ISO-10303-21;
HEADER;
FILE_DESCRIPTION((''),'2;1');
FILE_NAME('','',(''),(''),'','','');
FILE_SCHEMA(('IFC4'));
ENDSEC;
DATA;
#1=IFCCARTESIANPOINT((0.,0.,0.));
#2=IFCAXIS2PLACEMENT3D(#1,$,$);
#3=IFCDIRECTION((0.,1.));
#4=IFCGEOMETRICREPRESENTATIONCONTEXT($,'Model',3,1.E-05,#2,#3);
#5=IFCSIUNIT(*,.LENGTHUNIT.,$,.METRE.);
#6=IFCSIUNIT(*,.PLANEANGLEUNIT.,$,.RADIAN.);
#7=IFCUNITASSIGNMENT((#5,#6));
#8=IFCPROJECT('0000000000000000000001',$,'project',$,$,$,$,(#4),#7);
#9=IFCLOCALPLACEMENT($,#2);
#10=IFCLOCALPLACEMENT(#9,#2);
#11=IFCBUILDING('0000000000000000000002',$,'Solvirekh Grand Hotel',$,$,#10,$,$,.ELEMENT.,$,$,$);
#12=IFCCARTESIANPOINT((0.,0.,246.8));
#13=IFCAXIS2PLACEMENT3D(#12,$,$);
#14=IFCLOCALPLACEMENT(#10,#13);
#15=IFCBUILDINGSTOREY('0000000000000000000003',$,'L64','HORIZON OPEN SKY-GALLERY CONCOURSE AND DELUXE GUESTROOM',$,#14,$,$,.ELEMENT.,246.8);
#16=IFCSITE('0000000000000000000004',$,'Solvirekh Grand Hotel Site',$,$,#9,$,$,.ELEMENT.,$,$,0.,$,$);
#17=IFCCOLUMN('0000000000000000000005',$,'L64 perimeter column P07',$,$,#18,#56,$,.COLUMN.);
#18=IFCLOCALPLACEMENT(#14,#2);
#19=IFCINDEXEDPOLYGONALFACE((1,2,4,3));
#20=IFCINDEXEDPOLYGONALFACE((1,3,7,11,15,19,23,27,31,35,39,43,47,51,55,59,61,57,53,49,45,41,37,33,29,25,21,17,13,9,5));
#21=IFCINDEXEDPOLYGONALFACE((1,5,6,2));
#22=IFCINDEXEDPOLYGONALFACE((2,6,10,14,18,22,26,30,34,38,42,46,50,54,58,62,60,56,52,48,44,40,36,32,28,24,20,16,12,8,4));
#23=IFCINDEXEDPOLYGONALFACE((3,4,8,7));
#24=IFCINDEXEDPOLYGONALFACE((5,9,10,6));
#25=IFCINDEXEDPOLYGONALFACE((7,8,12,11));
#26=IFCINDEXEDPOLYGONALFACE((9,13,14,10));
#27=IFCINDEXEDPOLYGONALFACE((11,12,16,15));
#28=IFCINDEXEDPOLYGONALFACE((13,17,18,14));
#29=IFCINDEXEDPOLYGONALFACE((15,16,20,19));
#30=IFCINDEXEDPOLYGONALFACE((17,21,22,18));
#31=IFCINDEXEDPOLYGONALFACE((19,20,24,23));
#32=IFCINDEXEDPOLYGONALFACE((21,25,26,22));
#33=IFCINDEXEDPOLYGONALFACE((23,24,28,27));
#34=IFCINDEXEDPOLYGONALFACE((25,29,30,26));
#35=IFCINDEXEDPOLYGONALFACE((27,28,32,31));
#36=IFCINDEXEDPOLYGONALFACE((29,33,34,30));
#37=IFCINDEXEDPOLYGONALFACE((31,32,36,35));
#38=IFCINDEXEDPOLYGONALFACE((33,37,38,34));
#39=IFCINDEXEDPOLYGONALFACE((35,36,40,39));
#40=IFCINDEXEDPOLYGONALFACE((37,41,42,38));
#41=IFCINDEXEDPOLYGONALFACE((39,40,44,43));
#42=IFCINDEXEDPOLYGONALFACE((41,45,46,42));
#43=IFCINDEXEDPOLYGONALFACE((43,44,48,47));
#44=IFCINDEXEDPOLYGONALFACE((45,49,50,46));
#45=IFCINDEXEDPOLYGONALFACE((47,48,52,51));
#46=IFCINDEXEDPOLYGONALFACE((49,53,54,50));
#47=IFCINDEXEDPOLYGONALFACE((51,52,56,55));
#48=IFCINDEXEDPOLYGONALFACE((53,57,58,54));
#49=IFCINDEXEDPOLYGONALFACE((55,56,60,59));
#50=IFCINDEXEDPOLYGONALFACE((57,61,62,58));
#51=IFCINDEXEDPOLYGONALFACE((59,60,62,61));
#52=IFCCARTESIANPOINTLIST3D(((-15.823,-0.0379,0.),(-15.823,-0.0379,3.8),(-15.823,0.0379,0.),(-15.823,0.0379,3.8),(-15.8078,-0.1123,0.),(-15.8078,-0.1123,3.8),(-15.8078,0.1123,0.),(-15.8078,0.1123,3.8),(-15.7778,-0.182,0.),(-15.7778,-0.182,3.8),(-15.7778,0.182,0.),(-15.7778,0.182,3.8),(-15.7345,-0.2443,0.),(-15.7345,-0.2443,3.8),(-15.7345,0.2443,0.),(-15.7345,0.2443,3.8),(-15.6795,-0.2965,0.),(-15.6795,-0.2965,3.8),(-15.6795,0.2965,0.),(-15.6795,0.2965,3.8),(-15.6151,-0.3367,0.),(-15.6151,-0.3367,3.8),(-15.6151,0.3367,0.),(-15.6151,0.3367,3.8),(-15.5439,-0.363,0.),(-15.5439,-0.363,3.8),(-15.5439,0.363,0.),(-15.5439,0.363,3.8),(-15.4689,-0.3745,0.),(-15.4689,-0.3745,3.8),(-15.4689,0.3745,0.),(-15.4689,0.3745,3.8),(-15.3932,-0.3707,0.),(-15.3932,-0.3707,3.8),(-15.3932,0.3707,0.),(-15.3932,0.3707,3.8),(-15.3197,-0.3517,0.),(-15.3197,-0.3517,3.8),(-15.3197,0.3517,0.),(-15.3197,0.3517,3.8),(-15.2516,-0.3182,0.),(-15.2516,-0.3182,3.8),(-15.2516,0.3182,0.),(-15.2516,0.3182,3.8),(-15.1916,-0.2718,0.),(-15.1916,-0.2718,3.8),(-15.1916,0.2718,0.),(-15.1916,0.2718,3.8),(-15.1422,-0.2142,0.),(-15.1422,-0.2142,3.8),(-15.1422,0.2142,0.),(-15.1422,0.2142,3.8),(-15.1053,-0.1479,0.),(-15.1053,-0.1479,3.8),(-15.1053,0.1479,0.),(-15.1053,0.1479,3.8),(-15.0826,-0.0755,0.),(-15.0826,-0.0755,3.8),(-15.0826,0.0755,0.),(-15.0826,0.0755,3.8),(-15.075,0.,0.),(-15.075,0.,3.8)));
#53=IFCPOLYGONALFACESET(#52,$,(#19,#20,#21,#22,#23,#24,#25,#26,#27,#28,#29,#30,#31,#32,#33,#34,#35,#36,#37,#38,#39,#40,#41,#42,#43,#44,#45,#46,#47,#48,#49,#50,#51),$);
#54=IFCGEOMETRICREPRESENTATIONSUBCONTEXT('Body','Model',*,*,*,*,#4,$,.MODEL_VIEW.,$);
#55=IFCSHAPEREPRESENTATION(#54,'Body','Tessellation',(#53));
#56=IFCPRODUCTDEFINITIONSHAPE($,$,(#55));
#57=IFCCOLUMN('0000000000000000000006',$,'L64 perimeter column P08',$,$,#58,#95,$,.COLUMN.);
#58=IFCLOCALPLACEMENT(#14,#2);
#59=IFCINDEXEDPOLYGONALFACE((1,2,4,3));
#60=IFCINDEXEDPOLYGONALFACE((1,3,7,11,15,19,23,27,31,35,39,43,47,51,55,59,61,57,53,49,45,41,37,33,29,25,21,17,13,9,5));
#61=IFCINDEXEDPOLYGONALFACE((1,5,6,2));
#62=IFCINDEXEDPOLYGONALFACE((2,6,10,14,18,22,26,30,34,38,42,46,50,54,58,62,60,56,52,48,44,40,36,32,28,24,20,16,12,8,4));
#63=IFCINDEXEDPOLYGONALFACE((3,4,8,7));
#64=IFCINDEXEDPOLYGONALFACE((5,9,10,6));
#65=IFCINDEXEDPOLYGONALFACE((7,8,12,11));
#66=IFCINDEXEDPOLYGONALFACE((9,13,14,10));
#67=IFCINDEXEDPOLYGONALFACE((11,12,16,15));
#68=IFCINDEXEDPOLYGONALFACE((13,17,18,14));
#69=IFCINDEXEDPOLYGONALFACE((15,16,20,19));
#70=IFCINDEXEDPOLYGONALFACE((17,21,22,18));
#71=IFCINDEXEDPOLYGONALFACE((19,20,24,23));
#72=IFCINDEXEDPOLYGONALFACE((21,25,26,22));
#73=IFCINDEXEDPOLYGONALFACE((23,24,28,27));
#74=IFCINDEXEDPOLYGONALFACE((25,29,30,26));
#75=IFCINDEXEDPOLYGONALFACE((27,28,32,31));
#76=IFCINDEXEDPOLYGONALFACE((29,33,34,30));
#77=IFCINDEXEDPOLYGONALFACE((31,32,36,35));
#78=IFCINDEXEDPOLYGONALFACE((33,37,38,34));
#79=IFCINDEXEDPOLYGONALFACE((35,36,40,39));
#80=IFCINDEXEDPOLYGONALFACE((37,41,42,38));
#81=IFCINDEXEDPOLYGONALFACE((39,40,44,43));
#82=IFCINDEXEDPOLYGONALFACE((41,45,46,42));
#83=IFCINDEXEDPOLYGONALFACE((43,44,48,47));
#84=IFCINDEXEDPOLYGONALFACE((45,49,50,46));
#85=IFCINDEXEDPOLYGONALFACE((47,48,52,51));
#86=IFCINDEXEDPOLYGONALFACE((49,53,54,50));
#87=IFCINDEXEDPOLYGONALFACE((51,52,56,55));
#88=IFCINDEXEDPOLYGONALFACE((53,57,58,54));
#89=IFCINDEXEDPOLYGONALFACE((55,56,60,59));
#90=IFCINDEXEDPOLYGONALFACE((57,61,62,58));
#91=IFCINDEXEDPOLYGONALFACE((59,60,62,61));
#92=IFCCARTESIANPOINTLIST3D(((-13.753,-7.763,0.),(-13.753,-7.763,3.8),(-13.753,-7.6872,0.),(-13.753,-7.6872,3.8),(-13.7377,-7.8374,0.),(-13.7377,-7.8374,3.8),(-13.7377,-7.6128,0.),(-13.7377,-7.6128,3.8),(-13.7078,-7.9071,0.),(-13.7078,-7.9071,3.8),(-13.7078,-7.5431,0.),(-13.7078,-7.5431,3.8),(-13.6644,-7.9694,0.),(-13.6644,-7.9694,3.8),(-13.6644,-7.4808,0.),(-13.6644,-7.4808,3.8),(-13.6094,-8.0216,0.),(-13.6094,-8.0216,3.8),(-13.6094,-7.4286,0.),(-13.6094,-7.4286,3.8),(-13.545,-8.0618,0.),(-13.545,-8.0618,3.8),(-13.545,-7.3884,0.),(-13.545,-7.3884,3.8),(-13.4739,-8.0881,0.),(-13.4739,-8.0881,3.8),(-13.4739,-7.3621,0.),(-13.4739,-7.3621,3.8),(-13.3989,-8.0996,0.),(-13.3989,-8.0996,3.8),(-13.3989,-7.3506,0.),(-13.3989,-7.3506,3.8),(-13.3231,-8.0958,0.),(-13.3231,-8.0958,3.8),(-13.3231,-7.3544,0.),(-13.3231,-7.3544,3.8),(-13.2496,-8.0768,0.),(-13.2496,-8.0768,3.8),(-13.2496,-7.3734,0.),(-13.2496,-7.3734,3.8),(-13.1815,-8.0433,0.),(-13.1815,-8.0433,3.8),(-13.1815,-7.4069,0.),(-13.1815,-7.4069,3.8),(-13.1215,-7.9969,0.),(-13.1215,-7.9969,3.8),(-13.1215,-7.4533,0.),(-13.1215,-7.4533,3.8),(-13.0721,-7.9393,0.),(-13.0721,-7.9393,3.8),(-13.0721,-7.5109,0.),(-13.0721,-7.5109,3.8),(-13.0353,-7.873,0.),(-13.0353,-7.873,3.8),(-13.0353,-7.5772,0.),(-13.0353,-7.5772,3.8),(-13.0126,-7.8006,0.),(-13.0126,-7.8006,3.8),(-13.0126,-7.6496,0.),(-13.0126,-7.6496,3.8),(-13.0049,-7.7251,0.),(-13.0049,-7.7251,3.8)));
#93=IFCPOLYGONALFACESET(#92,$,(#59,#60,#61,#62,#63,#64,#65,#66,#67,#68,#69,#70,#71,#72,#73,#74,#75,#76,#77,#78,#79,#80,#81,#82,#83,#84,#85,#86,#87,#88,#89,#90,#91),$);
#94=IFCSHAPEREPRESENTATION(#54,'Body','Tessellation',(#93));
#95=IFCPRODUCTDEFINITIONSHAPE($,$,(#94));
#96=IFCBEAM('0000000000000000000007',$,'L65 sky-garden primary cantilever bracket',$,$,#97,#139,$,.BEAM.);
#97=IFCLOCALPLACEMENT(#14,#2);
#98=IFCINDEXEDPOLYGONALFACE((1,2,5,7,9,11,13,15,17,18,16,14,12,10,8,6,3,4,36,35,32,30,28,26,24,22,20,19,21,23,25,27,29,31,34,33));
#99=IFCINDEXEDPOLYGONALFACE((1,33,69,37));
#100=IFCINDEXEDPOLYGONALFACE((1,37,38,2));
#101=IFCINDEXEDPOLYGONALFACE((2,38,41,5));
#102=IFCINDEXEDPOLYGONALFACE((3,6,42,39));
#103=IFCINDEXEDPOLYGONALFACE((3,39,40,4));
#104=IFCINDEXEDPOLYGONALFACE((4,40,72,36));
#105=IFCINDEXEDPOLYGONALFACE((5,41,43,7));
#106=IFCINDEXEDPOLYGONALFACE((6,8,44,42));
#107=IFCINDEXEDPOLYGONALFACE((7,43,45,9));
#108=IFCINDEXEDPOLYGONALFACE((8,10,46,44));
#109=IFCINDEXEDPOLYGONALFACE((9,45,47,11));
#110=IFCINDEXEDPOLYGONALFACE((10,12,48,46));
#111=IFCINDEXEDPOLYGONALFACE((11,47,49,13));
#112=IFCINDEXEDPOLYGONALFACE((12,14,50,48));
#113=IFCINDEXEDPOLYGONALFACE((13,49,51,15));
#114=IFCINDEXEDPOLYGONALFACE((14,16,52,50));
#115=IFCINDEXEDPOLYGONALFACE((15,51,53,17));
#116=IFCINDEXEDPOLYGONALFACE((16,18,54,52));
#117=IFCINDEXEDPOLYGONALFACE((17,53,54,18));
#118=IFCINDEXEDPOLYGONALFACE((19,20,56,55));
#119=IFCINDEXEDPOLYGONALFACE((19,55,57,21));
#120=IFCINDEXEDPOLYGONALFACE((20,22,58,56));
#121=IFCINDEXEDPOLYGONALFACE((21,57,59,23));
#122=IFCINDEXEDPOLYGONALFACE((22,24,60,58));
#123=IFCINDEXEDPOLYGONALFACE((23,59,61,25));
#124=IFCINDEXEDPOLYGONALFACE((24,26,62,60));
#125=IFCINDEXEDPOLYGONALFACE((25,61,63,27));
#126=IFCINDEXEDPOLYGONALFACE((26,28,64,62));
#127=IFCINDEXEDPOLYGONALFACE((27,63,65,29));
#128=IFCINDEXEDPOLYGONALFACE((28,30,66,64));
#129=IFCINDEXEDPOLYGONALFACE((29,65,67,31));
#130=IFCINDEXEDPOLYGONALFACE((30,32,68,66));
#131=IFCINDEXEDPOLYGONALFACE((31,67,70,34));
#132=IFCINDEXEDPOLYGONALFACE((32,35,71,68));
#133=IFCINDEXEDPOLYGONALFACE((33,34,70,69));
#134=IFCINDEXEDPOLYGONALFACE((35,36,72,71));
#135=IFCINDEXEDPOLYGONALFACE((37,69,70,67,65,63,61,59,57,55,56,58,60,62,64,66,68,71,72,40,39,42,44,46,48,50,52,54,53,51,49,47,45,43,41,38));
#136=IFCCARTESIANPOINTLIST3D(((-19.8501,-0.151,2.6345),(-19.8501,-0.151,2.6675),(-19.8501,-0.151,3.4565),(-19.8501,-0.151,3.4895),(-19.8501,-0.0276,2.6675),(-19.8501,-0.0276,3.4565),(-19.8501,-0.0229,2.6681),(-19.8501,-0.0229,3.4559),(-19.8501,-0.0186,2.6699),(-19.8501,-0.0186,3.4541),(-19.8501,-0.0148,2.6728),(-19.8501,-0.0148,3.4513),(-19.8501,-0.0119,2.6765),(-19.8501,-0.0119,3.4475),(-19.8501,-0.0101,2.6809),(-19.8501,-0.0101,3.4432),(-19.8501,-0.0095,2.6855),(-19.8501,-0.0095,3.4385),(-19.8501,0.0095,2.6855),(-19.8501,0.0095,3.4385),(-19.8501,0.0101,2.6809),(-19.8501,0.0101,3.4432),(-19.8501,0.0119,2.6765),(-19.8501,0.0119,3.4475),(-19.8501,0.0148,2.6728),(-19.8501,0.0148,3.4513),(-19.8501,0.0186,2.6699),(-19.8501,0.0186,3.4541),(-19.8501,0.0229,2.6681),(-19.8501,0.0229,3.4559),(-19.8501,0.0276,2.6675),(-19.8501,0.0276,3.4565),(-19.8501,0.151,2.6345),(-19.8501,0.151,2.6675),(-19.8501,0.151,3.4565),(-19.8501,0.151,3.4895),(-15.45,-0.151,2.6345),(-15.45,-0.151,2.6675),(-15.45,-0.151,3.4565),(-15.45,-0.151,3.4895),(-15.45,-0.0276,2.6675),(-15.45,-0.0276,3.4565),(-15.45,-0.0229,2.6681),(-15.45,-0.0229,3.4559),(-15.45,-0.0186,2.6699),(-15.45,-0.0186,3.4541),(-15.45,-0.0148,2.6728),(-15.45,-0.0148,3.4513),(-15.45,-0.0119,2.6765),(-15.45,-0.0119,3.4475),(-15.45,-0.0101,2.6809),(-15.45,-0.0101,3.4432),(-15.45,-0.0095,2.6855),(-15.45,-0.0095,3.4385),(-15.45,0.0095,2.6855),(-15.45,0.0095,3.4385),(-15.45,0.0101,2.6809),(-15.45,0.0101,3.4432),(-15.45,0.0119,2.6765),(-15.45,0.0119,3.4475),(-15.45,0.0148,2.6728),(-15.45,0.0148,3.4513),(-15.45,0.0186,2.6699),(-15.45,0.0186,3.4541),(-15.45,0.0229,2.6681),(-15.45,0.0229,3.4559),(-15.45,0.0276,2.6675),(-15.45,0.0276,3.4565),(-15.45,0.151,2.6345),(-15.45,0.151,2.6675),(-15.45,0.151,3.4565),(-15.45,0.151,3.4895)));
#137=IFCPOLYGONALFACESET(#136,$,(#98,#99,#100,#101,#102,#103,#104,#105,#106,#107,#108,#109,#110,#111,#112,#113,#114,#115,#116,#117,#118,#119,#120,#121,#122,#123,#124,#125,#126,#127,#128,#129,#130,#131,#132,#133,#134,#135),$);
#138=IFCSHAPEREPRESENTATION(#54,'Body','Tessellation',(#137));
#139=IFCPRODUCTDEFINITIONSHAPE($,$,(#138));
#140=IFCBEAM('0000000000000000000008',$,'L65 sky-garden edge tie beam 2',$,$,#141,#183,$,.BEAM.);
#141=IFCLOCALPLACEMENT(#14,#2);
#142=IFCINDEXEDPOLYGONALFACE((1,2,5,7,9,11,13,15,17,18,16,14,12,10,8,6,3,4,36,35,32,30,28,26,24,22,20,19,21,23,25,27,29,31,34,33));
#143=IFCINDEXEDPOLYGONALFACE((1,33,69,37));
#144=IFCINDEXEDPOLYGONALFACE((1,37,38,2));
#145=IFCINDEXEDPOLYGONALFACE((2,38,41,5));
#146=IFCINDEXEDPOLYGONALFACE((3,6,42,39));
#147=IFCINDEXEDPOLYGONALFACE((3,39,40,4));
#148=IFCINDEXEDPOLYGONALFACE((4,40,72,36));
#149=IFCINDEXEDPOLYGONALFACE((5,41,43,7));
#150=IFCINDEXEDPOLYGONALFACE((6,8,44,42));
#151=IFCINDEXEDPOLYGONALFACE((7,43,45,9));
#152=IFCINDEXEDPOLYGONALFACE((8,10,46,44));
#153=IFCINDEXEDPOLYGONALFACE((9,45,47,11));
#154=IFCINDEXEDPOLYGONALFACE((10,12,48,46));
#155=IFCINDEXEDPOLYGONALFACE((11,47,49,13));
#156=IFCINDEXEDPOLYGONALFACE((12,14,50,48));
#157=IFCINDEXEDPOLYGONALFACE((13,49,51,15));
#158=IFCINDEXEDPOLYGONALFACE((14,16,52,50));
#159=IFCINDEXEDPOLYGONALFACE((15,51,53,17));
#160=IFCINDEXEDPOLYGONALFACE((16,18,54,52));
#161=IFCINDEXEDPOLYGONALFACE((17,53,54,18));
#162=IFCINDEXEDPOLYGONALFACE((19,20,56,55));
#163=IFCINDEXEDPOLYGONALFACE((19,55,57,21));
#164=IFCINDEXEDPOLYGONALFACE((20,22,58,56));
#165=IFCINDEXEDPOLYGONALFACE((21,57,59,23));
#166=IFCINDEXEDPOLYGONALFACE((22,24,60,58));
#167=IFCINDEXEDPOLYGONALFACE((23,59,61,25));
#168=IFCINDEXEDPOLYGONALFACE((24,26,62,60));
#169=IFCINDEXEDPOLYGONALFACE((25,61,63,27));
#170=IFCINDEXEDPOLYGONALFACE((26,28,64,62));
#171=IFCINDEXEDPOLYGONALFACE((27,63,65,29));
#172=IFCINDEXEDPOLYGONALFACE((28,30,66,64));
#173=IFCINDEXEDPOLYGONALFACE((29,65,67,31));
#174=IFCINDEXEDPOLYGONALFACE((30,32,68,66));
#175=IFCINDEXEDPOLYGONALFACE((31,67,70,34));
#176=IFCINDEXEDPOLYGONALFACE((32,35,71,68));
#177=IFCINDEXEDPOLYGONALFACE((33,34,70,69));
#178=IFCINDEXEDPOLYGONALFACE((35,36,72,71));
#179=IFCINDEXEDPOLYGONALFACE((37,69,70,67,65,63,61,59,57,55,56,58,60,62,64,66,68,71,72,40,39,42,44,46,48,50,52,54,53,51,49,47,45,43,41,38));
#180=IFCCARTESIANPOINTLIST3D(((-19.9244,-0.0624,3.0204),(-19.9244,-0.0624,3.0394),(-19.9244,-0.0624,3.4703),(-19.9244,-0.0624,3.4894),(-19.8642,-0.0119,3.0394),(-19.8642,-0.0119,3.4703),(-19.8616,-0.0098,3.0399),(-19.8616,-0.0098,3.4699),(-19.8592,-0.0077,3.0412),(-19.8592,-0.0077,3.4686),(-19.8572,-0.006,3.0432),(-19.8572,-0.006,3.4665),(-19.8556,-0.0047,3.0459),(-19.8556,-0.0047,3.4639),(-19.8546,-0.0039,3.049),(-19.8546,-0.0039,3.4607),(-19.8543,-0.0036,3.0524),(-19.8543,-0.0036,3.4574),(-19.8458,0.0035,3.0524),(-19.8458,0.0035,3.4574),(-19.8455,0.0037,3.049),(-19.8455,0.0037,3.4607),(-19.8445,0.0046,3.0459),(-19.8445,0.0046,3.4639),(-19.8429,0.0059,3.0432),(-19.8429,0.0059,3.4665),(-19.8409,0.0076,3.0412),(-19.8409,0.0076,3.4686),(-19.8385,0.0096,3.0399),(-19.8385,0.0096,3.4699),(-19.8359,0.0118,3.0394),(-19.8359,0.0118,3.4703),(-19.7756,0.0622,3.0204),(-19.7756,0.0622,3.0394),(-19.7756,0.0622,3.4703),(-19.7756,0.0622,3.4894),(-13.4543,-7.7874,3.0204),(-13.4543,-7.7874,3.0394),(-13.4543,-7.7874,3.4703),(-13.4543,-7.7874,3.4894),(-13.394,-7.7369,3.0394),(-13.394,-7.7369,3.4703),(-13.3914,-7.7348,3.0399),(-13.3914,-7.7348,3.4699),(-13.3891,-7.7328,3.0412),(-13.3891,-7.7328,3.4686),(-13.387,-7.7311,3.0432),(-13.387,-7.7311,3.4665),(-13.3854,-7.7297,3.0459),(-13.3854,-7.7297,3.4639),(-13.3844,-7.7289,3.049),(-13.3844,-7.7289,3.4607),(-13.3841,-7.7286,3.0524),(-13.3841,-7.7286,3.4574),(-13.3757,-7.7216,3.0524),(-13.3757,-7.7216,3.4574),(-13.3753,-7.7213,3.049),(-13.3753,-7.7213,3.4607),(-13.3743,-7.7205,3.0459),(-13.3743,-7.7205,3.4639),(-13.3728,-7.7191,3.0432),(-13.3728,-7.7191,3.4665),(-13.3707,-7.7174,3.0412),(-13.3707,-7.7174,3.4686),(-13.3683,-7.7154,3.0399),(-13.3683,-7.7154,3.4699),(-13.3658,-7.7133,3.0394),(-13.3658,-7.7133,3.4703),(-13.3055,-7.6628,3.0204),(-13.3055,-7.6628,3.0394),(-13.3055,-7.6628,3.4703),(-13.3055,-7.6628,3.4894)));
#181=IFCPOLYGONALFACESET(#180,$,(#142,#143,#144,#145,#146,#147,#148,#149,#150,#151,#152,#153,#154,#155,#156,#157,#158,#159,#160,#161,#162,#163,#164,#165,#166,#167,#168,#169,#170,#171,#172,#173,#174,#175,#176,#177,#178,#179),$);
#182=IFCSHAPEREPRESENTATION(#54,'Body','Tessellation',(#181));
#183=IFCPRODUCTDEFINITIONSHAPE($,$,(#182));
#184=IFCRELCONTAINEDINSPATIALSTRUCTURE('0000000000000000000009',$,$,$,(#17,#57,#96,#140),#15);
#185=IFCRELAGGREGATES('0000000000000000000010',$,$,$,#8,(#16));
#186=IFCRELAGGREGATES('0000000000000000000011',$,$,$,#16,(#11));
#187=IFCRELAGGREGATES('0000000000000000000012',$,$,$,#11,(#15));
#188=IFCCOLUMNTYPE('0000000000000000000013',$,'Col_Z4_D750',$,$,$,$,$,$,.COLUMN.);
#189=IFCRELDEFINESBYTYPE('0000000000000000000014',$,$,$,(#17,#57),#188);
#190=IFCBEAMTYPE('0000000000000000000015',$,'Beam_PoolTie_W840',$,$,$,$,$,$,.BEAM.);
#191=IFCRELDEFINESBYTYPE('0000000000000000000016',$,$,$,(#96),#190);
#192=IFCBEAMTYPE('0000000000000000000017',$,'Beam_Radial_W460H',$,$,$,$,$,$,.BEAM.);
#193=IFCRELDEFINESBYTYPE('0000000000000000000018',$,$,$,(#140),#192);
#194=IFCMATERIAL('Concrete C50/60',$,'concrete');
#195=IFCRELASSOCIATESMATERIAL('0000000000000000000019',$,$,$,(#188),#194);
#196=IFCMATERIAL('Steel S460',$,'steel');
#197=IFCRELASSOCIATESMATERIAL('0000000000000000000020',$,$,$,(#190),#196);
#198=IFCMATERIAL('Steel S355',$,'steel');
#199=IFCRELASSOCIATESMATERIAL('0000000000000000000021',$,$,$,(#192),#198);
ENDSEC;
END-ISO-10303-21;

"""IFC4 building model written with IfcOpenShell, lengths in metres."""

from ifc_helpers import new_model, si_unit, direction, frame, origin, origin_2d, place, context, subcontext, project, spatial, circle, i_section, extrude, material, material_profile, profile_set, type_object, element, save


model = new_model("IFC4")

# Units and contexts
model_context = context("Model", 3, precision=1e-05, world=origin(), true_north=direction((0.0, 1.0)))
body_context = subcontext(model_context, "Body", "Model", "MODEL_VIEW")
ifc_project = project(units=[si_unit("LENGTHUNIT", "METRE"), si_unit("PLANEANGLEUNIT", "RADIAN")], contexts=[model_context])

# Site, building, storey
site_placement = place(None, origin())
site = spatial("IfcSite", under=ifc_project, at=site_placement, Name="Solvirekh Grand Hotel Site", CompositionType="ELEMENT", RefElevation=0.0)
building_placement = place(site_placement, origin())
building = spatial("IfcBuilding", under=site, at=building_placement, Name="Solvirekh Grand Hotel", CompositionType="ELEMENT")
storey_placement = place(building_placement, frame((0.0, 0.0, 246.8)))
storey = spatial("IfcBuildingStorey", under=building, at=storey_placement, Name="L64", Description="HORIZON OPEN SKY-GALLERY CONCOURSE AND DELUXE GUESTROOM", CompositionType="ELEMENT", Elevation=246.8)

# Columns
ifc_material_1 = material(Name="Concrete C50/60", Category="concrete")
ifc_material_profile_1 = material_profile(ifc_material_1, circle(Radius=0.375, at=origin_2d()), Name="RC CIRC D750")
ifc_profile_set_1 = profile_set([ifc_material_profile_1], Name="Concrete C50/60")
column_type = type_object("IfcColumnType", Name="Col_Z4_D750", PredefinedType="COLUMN", material=ifc_profile_set_1)
for number, where, z_axis, x_axis, name in (
    (1, (-15.45, 0.0, 0.0), (0.0, 0.0, 1.0), (1.0, 0.0, 0.0), "L64 perimeter column P07"),
    (2, (-13.3799, -7.7251, 0.0), (0.0, 0.0, 1.0), (1.0, 0.0, 0.0), "L64 perimeter column P08"),
):
    element("IfcColumn", number, at=place(storey_placement, frame(where, z_axis=z_axis, x_axis=x_axis)), inside=storey, type_object=column_type, Name=name, PredefinedType="COLUMN", context=body_context, shape_type="SweptSolid", body=[
        extrude(circle(Radius=0.375, at=origin_2d()), origin(), (0.0, 0.0, 1.0), 3.8),
    ])

# Beams
ifc_material_2 = material(Name="Steel S460", Category="steel")
ifc_material_profile_2 = material_profile(ifc_material_2, i_section(OverallWidth=0.302, OverallDepth=0.855, WebThickness=0.019, FlangeThickness=0.033, FilletRadius=0.0181, at=origin_2d()), Name="W840X299")
ifc_profile_set_2 = profile_set([ifc_material_profile_2], Name="Steel S460")
beam_type_1 = type_object("IfcBeamType", Name="Beam_PoolTie_W840", PredefinedType="BEAM", material=ifc_profile_set_2)
beam_1_placement = place(storey_placement, frame((-15.45, 0.0, 3.062), z_axis=(-1.0, 0.0, 0.0), x_axis=(0.0, -1.0, 0.0)))
element("IfcBeam", 3, at=beam_1_placement, inside=storey, type_object=beam_type_1, Name="L65 sky-garden primary cantilever bracket", PredefinedType="BEAM", context=body_context, shape_type="SweptSolid", body=[
    extrude(i_section(OverallWidth=0.302, OverallDepth=0.855, WebThickness=0.019, FlangeThickness=0.033, FilletRadius=0.0181, at=origin_2d()), origin(), (0.0, 0.0, 1.0), 4.4001),
])
ifc_material_3 = material(Name="Steel S355", Category="steel")
ifc_material_profile_3 = material_profile(ifc_material_3, i_section(OverallWidth=0.1941, OverallDepth=0.469, WebThickness=0.011, FlangeThickness=0.019, FilletRadius=0.0129, at=origin_2d()), Name="W460X106")
ifc_profile_set_3 = profile_set([ifc_material_profile_3], Name="Steel S355")
beam_type_2 = type_object("IfcBeamType", Name="Beam_Radial_W460H", PredefinedType="BEAM", material=ifc_profile_set_3)
beam_2_placement = place(storey_placement, frame((-13.3799, -7.7251, 3.2549), z_axis=(-0.642094, 0.766626, 0.0), x_axis=(-0.766626, -0.642094, 0.0)))
element("IfcBeam", 4, at=beam_2_placement, inside=storey, type_object=beam_type_2, Name="L65 sky-garden edge tie beam 2", PredefinedType="BEAM", context=body_context, shape_type="SweptSolid", body=[
    extrude(i_section(OverallWidth=0.1941, OverallDepth=0.469, WebThickness=0.011, FlangeThickness=0.019, FilletRadius=0.0129, at=origin_2d()), origin(), (0.0, 0.0, 1.0), 10.0767),
])

save(model, "model.ifc")
